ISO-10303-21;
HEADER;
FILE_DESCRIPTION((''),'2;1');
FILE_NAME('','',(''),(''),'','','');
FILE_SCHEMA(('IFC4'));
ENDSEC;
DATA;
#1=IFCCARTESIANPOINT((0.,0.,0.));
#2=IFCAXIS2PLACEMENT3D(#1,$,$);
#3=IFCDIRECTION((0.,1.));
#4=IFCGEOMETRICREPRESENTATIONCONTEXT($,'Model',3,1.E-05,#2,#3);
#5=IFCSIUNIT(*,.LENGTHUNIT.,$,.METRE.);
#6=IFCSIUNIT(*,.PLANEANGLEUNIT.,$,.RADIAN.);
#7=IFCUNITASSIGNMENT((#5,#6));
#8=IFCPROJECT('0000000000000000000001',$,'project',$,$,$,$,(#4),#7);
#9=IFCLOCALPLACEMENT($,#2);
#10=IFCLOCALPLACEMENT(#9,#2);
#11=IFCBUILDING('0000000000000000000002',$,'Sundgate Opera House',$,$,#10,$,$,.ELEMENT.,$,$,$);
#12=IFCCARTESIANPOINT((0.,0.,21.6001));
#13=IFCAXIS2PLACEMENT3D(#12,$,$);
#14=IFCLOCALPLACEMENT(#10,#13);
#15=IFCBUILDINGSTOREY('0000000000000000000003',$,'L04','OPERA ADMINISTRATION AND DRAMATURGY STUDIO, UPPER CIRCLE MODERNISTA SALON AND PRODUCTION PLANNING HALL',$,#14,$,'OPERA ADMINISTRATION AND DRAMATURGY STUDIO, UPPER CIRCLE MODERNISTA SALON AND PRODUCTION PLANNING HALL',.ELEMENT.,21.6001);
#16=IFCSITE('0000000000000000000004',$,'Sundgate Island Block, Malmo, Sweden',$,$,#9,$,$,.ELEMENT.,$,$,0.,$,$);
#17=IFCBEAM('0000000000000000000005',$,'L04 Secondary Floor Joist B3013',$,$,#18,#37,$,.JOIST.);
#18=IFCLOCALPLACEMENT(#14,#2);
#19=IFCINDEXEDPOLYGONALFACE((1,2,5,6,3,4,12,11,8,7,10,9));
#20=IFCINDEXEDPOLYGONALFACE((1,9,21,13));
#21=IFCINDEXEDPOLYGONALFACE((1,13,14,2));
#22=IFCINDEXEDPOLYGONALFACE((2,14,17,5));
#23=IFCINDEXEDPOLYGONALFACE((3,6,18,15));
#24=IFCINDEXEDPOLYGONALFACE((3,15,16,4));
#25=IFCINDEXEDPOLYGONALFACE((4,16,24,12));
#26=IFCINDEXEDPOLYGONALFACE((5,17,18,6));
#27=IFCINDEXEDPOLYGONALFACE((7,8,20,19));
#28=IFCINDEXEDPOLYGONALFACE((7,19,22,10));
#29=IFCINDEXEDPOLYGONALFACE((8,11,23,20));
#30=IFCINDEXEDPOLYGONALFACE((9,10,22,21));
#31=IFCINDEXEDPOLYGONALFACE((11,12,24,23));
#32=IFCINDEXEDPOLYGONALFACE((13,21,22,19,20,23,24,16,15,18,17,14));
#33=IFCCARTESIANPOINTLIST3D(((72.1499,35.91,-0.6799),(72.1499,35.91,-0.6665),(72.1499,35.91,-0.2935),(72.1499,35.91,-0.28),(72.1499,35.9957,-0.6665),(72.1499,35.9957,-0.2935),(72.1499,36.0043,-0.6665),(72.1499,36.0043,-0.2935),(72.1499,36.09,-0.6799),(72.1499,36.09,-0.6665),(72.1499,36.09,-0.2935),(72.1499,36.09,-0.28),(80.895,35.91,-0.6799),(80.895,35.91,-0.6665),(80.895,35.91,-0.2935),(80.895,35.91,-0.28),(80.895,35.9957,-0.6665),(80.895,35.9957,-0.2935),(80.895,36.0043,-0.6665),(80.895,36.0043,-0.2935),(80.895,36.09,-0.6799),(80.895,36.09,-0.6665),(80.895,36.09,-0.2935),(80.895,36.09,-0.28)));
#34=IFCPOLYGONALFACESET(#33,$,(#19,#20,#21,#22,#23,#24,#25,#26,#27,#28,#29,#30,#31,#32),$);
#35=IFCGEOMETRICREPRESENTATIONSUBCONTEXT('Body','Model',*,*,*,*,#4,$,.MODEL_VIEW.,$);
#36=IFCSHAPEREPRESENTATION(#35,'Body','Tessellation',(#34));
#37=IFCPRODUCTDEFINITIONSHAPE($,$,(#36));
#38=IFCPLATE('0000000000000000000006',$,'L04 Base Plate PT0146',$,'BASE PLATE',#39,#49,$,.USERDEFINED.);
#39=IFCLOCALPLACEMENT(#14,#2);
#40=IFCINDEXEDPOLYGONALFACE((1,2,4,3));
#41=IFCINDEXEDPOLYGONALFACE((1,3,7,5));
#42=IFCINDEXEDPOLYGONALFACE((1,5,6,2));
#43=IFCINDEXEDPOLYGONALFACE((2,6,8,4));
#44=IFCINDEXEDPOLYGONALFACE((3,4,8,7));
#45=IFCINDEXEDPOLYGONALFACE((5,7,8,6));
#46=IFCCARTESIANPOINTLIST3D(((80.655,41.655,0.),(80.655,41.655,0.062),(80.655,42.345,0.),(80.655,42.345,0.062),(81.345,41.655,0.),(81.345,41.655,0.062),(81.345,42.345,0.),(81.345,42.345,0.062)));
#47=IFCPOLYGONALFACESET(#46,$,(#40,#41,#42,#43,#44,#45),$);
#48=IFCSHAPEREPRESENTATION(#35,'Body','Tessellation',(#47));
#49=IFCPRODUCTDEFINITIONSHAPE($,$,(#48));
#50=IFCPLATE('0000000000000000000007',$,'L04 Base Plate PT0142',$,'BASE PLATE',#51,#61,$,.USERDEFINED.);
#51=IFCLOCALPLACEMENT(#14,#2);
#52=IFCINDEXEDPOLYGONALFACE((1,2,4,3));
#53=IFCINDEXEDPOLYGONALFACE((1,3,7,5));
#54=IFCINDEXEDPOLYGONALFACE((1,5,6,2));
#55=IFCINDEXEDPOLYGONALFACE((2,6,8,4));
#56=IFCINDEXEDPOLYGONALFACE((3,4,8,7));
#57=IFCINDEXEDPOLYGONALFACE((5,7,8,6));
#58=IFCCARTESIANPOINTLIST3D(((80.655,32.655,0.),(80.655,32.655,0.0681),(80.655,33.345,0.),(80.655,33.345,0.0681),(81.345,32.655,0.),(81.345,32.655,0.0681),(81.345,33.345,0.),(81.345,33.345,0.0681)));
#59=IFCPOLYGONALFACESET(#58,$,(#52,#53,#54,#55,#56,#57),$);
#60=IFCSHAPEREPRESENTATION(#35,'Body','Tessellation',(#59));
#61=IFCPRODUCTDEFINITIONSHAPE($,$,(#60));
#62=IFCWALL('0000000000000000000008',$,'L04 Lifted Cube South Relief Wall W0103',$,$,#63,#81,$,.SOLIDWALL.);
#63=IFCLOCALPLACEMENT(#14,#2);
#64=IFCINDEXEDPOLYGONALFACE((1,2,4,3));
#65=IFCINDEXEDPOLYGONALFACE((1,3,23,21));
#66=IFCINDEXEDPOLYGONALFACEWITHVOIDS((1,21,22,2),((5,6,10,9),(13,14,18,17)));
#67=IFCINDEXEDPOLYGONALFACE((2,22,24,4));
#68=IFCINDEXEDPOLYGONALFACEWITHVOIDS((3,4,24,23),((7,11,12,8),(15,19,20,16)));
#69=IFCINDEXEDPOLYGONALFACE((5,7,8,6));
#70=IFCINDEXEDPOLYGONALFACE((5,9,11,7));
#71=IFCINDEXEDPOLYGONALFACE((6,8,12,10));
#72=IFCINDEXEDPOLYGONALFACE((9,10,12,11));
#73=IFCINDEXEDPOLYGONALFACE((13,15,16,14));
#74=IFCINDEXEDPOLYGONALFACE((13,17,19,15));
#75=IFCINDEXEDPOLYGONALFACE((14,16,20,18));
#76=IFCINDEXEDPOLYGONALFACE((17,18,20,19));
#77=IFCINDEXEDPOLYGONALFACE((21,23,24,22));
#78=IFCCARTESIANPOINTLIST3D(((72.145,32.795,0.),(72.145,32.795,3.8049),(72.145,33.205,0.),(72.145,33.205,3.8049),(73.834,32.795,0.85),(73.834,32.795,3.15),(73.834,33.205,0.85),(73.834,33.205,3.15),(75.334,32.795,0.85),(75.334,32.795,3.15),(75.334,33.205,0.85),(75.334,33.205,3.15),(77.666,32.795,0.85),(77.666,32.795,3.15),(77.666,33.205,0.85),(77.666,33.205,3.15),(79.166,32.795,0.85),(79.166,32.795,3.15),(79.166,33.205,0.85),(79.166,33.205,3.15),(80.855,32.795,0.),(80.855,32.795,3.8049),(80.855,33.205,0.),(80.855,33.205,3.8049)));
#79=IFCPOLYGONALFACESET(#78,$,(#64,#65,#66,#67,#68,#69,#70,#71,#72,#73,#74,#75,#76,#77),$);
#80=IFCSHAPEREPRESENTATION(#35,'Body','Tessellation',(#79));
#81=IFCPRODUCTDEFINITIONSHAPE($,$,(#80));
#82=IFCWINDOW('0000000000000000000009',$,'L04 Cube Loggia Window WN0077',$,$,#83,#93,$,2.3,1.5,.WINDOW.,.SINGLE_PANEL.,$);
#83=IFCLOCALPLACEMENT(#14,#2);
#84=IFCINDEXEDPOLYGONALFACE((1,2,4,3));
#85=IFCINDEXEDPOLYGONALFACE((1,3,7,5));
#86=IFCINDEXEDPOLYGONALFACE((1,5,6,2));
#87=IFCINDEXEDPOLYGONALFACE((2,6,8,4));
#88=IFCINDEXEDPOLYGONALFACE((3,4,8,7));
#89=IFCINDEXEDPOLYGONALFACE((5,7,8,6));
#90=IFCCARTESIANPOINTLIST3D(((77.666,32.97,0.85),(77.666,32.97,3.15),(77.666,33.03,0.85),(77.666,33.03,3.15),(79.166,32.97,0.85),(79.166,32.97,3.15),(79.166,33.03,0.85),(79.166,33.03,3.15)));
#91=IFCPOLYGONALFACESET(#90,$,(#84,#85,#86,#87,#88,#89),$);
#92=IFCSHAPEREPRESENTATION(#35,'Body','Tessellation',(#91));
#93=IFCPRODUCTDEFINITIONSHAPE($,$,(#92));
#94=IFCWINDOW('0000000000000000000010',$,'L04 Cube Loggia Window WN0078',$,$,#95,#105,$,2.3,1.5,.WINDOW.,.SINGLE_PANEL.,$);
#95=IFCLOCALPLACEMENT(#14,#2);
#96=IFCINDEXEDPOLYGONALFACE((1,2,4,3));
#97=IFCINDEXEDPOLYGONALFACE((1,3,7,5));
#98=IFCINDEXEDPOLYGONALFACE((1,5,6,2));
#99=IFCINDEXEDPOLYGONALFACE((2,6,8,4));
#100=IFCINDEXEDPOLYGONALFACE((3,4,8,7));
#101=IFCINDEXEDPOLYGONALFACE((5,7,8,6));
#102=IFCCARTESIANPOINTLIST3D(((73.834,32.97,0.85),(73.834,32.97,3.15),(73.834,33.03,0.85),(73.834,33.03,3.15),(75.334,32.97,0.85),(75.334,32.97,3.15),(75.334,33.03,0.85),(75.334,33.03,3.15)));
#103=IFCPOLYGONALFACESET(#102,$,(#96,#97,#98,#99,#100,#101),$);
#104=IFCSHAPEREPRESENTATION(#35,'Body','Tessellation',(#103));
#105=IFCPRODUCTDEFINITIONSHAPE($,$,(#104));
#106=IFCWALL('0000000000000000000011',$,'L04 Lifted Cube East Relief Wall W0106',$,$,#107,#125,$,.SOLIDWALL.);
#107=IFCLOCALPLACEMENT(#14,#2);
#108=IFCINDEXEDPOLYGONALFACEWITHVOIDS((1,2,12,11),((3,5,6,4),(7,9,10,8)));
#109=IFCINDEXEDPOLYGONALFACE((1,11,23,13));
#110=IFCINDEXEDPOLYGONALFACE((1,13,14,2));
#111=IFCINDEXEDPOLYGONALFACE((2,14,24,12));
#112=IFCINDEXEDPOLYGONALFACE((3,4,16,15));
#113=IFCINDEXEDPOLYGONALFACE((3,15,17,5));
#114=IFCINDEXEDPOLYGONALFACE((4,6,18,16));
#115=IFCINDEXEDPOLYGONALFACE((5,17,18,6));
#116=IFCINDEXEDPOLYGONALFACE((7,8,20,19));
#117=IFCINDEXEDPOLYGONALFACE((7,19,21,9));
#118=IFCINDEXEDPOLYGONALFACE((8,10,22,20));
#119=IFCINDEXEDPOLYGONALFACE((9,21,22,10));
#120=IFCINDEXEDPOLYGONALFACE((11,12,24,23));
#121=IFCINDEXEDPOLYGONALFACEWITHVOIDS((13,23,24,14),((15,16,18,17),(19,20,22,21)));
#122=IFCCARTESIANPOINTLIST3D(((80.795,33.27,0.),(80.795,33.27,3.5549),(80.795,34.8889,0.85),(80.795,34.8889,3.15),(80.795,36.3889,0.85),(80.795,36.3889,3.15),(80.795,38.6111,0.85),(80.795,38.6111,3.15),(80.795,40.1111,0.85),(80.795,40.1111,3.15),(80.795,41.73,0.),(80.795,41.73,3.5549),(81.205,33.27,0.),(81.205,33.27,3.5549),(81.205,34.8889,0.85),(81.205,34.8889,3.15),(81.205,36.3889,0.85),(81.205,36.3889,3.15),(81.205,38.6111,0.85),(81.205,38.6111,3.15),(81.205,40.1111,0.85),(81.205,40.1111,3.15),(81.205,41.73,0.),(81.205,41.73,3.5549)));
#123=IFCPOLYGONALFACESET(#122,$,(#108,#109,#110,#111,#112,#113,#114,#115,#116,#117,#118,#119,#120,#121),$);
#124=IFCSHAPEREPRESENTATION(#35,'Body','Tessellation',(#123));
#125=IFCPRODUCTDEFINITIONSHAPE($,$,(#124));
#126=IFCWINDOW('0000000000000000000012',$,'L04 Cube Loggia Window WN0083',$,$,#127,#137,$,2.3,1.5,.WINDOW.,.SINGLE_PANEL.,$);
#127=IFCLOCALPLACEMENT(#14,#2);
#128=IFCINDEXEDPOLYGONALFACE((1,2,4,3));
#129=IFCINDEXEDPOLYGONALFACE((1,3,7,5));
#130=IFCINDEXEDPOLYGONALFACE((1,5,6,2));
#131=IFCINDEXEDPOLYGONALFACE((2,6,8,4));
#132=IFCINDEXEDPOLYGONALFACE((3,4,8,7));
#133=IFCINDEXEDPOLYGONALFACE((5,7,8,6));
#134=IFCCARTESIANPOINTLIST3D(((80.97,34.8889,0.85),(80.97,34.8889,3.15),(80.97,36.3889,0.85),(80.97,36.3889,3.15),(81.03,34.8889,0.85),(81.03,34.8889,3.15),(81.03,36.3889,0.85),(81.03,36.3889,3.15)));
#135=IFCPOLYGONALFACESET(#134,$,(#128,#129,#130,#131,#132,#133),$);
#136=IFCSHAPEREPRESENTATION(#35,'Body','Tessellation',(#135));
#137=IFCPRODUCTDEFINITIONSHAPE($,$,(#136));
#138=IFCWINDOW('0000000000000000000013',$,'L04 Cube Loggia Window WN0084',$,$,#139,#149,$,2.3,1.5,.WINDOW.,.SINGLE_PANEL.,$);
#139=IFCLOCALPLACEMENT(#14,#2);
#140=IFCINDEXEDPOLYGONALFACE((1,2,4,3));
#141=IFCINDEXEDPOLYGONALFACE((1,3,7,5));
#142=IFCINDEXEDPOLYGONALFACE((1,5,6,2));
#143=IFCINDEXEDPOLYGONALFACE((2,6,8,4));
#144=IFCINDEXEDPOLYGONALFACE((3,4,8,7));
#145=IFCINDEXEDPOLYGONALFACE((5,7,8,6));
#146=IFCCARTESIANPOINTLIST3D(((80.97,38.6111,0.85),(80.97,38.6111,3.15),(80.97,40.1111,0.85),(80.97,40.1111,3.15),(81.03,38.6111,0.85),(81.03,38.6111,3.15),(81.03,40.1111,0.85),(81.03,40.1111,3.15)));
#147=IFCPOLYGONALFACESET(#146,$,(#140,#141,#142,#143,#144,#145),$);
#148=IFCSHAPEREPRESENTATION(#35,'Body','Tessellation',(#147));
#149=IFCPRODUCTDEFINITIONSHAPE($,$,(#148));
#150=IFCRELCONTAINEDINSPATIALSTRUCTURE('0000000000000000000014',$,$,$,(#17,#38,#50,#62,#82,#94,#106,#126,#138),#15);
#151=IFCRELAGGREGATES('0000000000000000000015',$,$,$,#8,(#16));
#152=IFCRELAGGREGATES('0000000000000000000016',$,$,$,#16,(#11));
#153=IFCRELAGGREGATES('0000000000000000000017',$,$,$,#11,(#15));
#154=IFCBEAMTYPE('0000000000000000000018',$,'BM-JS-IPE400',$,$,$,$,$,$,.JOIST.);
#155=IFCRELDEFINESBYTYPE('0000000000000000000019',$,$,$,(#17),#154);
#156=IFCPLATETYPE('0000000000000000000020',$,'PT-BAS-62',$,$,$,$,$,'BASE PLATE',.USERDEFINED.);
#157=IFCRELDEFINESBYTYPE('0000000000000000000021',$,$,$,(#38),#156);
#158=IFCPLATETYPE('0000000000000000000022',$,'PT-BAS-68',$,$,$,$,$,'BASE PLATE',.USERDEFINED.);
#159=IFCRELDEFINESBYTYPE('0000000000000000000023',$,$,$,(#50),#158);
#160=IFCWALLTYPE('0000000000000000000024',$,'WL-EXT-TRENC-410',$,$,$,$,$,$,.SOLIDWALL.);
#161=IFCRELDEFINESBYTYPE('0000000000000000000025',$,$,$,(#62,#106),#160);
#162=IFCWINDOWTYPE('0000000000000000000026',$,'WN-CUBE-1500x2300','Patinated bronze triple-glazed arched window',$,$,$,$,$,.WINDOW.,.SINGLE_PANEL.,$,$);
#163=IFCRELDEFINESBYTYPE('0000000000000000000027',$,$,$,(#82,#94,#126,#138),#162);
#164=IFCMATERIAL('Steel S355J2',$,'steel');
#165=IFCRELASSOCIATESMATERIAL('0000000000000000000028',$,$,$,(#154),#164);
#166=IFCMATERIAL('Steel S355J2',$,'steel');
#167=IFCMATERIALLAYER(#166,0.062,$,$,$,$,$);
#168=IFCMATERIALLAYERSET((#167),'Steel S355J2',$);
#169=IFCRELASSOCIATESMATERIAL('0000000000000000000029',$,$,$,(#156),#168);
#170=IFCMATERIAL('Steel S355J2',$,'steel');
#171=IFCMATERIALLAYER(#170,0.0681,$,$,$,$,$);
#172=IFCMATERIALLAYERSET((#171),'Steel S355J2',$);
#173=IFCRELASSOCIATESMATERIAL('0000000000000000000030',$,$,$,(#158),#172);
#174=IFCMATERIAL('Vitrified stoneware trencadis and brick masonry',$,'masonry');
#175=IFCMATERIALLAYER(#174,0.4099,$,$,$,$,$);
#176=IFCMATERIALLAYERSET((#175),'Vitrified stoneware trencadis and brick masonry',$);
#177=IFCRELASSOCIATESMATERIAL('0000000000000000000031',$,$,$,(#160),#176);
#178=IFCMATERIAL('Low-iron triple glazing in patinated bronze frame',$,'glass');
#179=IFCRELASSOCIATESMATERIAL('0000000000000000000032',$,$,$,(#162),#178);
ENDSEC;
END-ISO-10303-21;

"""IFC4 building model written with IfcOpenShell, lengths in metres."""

from ifc_helpers import new_model, si_unit, direction, frame, frame_2d, origin, origin_2d, place, context, subcontext, project, spatial, rectangle, i_section, extrude, material, layer, layer_set, material_profile, profile_set, type_object, element, fill, save


model = new_model("IFC4")

# Units and contexts
model_context = context("Model", 3, precision=1e-05, world=origin(), true_north=direction((0.0, 1.0)))
body_context = subcontext(model_context, "Body", "Model", "MODEL_VIEW")
ifc_project = project(units=[si_unit("LENGTHUNIT", "METRE"), si_unit("PLANEANGLEUNIT", "RADIAN")], contexts=[model_context])

# Site, building, storey
site_placement = place(None, origin())
site = spatial("IfcSite", under=ifc_project, at=site_placement, Name="Sundgate Island Block, Malmo, Sweden", CompositionType="ELEMENT", RefElevation=0.0)
building_placement = place(site_placement, origin())
building = spatial("IfcBuilding", under=site, at=building_placement, Name="Sundgate Opera House", CompositionType="ELEMENT")
storey_placement = place(building_placement, frame((0.0, 0.0, 21.6001)))
storey = spatial("IfcBuildingStorey", under=building, at=storey_placement, Name="L04", Description="OPERA ADMINISTRATION AND DRAMATURGY STUDIO, UPPER CIRCLE MODERNISTA SALON AND PRODUCTION PLANNING HALL", LongName="OPERA ADMINISTRATION AND DRAMATURGY STUDIO, UPPER CIRCLE MODERNISTA SALON AND PRODUCTION PLANNING HALL", CompositionType="ELEMENT", Elevation=21.6001)

# Beam
ifc_material_1 = material(Name="Steel S355J2", Category="steel")
ifc_material_profile_1 = material_profile(ifc_material_1, i_section(OverallWidth=0.1799, OverallDepth=0.3999, WebThickness=0.0085, FlangeThickness=0.0134, at=origin_2d()), Name="IPE 400")
ifc_profile_set_1 = profile_set([ifc_material_profile_1], Name="Steel S355J2")
beam_type_1 = type_object("IfcBeamType", Name="BM-JS-IPE400", PredefinedType="JOIST", material=ifc_profile_set_1)
beam_1_placement = place(storey_placement, frame((72.1499, 36.0, -0.48), z_axis=(1.0, 0.0, 0.0), x_axis=(0.0, 1.0, 0.0)))
element("IfcBeam", 1, at=beam_1_placement, inside=storey, type_object=beam_type_1, Name="L04 Secondary Floor Joist B3013", PredefinedType="JOIST", context=body_context, shape_type="SweptSolid", body=[
    extrude(i_section(OverallWidth=0.1799, OverallDepth=0.3999, WebThickness=0.0085, FlangeThickness=0.0134, at=origin_2d()), origin(), (0.0, 0.0, 1.0), 8.7451),
])

# Plates
ifc_material_2 = material(Name="Steel S355J2", Category="steel")
ifc_layer_1 = layer(ifc_material_2, 0.062)
ifc_layer_set_1 = layer_set([ifc_layer_1], Name="Steel S355J2")
plate_type_1 = type_object("IfcPlateType", Name="PT-BAS-62", ElementType="BASE PLATE", PredefinedType="USERDEFINED", material=ifc_layer_set_1)
plate_1_placement = place(storey_placement, frame((81.0, 42.0, 0.0), z_axis=(0.0, 0.0, 1.0), x_axis=(1.0, 0.0, 0.0)))
element("IfcPlate", 2, at=plate_1_placement, inside=storey, type_object=plate_type_1, Name="L04 Base Plate PT0146", ObjectType="BASE PLATE", PredefinedType="USERDEFINED", context=body_context, shape_type="SweptSolid", body=[
    extrude(rectangle(XDim=0.6899, YDim=0.6899, at=origin_2d()), origin(), (0.0, 0.0, 1.0), 0.062),
])
ifc_material_3 = material(Name="Steel S355J2", Category="steel")
ifc_layer_2 = layer(ifc_material_3, 0.0681)
ifc_layer_set_2 = layer_set([ifc_layer_2], Name="Steel S355J2")
plate_type_2 = type_object("IfcPlateType", Name="PT-BAS-68", ElementType="BASE PLATE", PredefinedType="USERDEFINED", material=ifc_layer_set_2)
plate_2_placement = place(storey_placement, frame((81.0, 33.0, 0.0), z_axis=(0.0, 0.0, 1.0), x_axis=(1.0, 0.0, 0.0)))
element("IfcPlate", 3, at=plate_2_placement, inside=storey, type_object=plate_type_2, Name="L04 Base Plate PT0142", ObjectType="BASE PLATE", PredefinedType="USERDEFINED", context=body_context, shape_type="SweptSolid", body=[
    extrude(rectangle(XDim=0.6899, YDim=0.6899, at=origin_2d()), origin(), (0.0, 0.0, 1.0), 0.0681),
])

# Walls, openings, windows
ifc_material_4 = material(Name="Vitrified stoneware trencadis and brick masonry", Category="masonry")
ifc_layer_3 = layer(ifc_material_4, 0.4099)
ifc_layer_set_3 = layer_set([ifc_layer_3], Name="Vitrified stoneware trencadis and brick masonry")
wall_type = type_object("IfcWallType", Name="WL-EXT-TRENC-410", PredefinedType="SOLIDWALL", material=ifc_layer_set_3)
wall_1_placement = place(storey_placement, frame((80.855, 33.0, 0.0), z_axis=(0.0, 0.0, 1.0), x_axis=(-1.0, 0.0, 0.0)))
wall_1 = element("IfcWall", 4, at=wall_1_placement, inside=storey, type_object=wall_type, Name="L04 Lifted Cube South Relief Wall W0103", PredefinedType="SOLIDWALL", context=body_context, shape_type="SweptSolid", body=[
    extrude(rectangle(XDim=8.71, YDim=0.4099, at=frame_2d((4.355, 0.0))), origin(), (0.0, 0.0, 1.0), 3.8049),
])
opening_1_placement = place(wall_1_placement, frame((1.689, 0.0, 0.8501)))
opening_1 = element("IfcOpeningElement", 5, at=opening_1_placement, cuts=wall_1, PredefinedType="OPENING", context=body_context, shape_type="SweptSolid", body=[
    extrude(rectangle(XDim=1.5, YDim=2.3, at=frame_2d((0.75, 1.1499))), frame((0.0, 0.2148, 0.0), z_axis=(0.0, -1.0, 0.0), x_axis=(1.0, 0.0, 0.0)), (0.0, 0.0, 1.0), 0.4299),
])
opening_2_placement = place(wall_1_placement, frame((5.521, 0.0, 0.8501)))
opening_2 = element("IfcOpeningElement", 6, at=opening_2_placement, cuts=wall_1, PredefinedType="OPENING", context=body_context, shape_type="SweptSolid", body=[
    extrude(rectangle(XDim=1.5, YDim=2.3, at=frame_2d((0.75, 1.1499))), frame((0.0, 0.2148, 0.0), z_axis=(0.0, -1.0, 0.0), x_axis=(1.0, 0.0, 0.0)), (0.0, 0.0, 1.0), 0.4299),
])
ifc_material_5 = material(Name="Low-iron triple glazing in patinated bronze frame", Category="glass")
window_type = type_object("IfcWindowType", Name="WN-CUBE-1500x2300", Description="Patinated bronze triple-glazed arched window", PartitioningType="SINGLE_PANEL", PredefinedType="WINDOW", material=ifc_material_5)
window_1_placement = place(opening_1_placement, origin())
window_1 = element("IfcWindow", 7, at=window_1_placement, inside=storey, type_object=window_type, Name="L04 Cube Loggia Window WN0077", OverallHeight=2.3, OverallWidth=1.5, PartitioningType="SINGLE_PANEL", PredefinedType="WINDOW", context=body_context, shape_type="SweptSolid", body=[
    extrude(rectangle(XDim=1.5, YDim=2.3, at=frame_2d((0.75, 1.1499))), frame((0.0, 0.03, 0.0), z_axis=(0.0, -1.0, 0.0), x_axis=(1.0, 0.0, 0.0)), (0.0, 0.0, 1.0), 0.0601),
])
fill(opening_1, window_1)
window_2_placement = place(opening_2_placement, origin())
window_2 = element("IfcWindow", 8, at=window_2_placement, inside=storey, type_object=window_type, Name="L04 Cube Loggia Window WN0078", OverallHeight=2.3, OverallWidth=1.5, PartitioningType="SINGLE_PANEL", PredefinedType="WINDOW", context=body_context, shape_type="SweptSolid", body=[
    extrude(rectangle(XDim=1.5, YDim=2.3, at=frame_2d((0.75, 1.1499))), frame((0.0, 0.03, 0.0), z_axis=(0.0, -1.0, 0.0), x_axis=(1.0, 0.0, 0.0)), (0.0, 0.0, 1.0), 0.0601),
])
fill(opening_2, window_2)
wall_2_placement = place(storey_placement, frame((81.0, 33.27, 0.0), z_axis=(0.0, 0.0, 1.0), x_axis=(0.0, 1.0, 0.0)))
wall_2 = element("IfcWall", 9, at=wall_2_placement, inside=storey, type_object=wall_type, Name="L04 Lifted Cube East Relief Wall W0106", PredefinedType="SOLIDWALL", context=body_context, shape_type="SweptSolid", body=[
    extrude(rectangle(XDim=8.46, YDim=0.4099, at=frame_2d((4.23, 0.0))), origin(), (0.0, 0.0, 1.0), 3.5549),
])
opening_3_placement = place(wall_2_placement, frame((1.6189, 0.0, 0.8501)))
opening_3 = element("IfcOpeningElement", 10, at=opening_3_placement, cuts=wall_2, PredefinedType="OPENING", context=body_context, shape_type="SweptSolid", body=[
    extrude(rectangle(XDim=1.5, YDim=2.3, at=frame_2d((0.75, 1.1499))), frame((0.0, 0.2148, 0.0), z_axis=(0.0, -1.0, 0.0), x_axis=(1.0, 0.0, 0.0)), (0.0, 0.0, 1.0), 0.4299),
])
opening_4_placement = place(wall_2_placement, frame((5.3411, 0.0, 0.8501)))
opening_4 = element("IfcOpeningElement", 11, at=opening_4_placement, cuts=wall_2, PredefinedType="OPENING", context=body_context, shape_type="SweptSolid", body=[
    extrude(rectangle(XDim=1.5, YDim=2.3, at=frame_2d((0.75, 1.1499))), frame((0.0, 0.2148, 0.0), z_axis=(0.0, -1.0, 0.0), x_axis=(1.0, 0.0, 0.0)), (0.0, 0.0, 1.0), 0.4299),
])
window_3_placement = place(opening_3_placement, origin())
window_3 = element("IfcWindow", 12, at=window_3_placement, inside=storey, type_object=window_type, Name="L04 Cube Loggia Window WN0083", OverallHeight=2.3, OverallWidth=1.5, PartitioningType="SINGLE_PANEL", PredefinedType="WINDOW", context=body_context, shape_type="SweptSolid", body=[
    extrude(rectangle(XDim=1.5, YDim=2.3, at=frame_2d((0.75, 1.1499))), frame((0.0, 0.03, 0.0), z_axis=(0.0, -1.0, 0.0), x_axis=(1.0, 0.0, 0.0)), (0.0, 0.0, 1.0), 0.0601),
])
fill(opening_3, window_3)
window_4_placement = place(opening_4_placement, origin())
window_4 = element("IfcWindow", 13, at=window_4_placement, inside=storey, type_object=window_type, Name="L04 Cube Loggia Window WN0084", OverallHeight=2.3, OverallWidth=1.5, PartitioningType="SINGLE_PANEL", PredefinedType="WINDOW", context=body_context, shape_type="SweptSolid", body=[
    extrude(rectangle(XDim=1.5, YDim=2.3, at=frame_2d((0.75, 1.1499))), frame((0.0, 0.03, 0.0), z_axis=(0.0, -1.0, 0.0), x_axis=(1.0, 0.0, 0.0)), (0.0, 0.0, 1.0), 0.0601),
])
fill(opening_4, window_4)

save(model, "model.ifc")
